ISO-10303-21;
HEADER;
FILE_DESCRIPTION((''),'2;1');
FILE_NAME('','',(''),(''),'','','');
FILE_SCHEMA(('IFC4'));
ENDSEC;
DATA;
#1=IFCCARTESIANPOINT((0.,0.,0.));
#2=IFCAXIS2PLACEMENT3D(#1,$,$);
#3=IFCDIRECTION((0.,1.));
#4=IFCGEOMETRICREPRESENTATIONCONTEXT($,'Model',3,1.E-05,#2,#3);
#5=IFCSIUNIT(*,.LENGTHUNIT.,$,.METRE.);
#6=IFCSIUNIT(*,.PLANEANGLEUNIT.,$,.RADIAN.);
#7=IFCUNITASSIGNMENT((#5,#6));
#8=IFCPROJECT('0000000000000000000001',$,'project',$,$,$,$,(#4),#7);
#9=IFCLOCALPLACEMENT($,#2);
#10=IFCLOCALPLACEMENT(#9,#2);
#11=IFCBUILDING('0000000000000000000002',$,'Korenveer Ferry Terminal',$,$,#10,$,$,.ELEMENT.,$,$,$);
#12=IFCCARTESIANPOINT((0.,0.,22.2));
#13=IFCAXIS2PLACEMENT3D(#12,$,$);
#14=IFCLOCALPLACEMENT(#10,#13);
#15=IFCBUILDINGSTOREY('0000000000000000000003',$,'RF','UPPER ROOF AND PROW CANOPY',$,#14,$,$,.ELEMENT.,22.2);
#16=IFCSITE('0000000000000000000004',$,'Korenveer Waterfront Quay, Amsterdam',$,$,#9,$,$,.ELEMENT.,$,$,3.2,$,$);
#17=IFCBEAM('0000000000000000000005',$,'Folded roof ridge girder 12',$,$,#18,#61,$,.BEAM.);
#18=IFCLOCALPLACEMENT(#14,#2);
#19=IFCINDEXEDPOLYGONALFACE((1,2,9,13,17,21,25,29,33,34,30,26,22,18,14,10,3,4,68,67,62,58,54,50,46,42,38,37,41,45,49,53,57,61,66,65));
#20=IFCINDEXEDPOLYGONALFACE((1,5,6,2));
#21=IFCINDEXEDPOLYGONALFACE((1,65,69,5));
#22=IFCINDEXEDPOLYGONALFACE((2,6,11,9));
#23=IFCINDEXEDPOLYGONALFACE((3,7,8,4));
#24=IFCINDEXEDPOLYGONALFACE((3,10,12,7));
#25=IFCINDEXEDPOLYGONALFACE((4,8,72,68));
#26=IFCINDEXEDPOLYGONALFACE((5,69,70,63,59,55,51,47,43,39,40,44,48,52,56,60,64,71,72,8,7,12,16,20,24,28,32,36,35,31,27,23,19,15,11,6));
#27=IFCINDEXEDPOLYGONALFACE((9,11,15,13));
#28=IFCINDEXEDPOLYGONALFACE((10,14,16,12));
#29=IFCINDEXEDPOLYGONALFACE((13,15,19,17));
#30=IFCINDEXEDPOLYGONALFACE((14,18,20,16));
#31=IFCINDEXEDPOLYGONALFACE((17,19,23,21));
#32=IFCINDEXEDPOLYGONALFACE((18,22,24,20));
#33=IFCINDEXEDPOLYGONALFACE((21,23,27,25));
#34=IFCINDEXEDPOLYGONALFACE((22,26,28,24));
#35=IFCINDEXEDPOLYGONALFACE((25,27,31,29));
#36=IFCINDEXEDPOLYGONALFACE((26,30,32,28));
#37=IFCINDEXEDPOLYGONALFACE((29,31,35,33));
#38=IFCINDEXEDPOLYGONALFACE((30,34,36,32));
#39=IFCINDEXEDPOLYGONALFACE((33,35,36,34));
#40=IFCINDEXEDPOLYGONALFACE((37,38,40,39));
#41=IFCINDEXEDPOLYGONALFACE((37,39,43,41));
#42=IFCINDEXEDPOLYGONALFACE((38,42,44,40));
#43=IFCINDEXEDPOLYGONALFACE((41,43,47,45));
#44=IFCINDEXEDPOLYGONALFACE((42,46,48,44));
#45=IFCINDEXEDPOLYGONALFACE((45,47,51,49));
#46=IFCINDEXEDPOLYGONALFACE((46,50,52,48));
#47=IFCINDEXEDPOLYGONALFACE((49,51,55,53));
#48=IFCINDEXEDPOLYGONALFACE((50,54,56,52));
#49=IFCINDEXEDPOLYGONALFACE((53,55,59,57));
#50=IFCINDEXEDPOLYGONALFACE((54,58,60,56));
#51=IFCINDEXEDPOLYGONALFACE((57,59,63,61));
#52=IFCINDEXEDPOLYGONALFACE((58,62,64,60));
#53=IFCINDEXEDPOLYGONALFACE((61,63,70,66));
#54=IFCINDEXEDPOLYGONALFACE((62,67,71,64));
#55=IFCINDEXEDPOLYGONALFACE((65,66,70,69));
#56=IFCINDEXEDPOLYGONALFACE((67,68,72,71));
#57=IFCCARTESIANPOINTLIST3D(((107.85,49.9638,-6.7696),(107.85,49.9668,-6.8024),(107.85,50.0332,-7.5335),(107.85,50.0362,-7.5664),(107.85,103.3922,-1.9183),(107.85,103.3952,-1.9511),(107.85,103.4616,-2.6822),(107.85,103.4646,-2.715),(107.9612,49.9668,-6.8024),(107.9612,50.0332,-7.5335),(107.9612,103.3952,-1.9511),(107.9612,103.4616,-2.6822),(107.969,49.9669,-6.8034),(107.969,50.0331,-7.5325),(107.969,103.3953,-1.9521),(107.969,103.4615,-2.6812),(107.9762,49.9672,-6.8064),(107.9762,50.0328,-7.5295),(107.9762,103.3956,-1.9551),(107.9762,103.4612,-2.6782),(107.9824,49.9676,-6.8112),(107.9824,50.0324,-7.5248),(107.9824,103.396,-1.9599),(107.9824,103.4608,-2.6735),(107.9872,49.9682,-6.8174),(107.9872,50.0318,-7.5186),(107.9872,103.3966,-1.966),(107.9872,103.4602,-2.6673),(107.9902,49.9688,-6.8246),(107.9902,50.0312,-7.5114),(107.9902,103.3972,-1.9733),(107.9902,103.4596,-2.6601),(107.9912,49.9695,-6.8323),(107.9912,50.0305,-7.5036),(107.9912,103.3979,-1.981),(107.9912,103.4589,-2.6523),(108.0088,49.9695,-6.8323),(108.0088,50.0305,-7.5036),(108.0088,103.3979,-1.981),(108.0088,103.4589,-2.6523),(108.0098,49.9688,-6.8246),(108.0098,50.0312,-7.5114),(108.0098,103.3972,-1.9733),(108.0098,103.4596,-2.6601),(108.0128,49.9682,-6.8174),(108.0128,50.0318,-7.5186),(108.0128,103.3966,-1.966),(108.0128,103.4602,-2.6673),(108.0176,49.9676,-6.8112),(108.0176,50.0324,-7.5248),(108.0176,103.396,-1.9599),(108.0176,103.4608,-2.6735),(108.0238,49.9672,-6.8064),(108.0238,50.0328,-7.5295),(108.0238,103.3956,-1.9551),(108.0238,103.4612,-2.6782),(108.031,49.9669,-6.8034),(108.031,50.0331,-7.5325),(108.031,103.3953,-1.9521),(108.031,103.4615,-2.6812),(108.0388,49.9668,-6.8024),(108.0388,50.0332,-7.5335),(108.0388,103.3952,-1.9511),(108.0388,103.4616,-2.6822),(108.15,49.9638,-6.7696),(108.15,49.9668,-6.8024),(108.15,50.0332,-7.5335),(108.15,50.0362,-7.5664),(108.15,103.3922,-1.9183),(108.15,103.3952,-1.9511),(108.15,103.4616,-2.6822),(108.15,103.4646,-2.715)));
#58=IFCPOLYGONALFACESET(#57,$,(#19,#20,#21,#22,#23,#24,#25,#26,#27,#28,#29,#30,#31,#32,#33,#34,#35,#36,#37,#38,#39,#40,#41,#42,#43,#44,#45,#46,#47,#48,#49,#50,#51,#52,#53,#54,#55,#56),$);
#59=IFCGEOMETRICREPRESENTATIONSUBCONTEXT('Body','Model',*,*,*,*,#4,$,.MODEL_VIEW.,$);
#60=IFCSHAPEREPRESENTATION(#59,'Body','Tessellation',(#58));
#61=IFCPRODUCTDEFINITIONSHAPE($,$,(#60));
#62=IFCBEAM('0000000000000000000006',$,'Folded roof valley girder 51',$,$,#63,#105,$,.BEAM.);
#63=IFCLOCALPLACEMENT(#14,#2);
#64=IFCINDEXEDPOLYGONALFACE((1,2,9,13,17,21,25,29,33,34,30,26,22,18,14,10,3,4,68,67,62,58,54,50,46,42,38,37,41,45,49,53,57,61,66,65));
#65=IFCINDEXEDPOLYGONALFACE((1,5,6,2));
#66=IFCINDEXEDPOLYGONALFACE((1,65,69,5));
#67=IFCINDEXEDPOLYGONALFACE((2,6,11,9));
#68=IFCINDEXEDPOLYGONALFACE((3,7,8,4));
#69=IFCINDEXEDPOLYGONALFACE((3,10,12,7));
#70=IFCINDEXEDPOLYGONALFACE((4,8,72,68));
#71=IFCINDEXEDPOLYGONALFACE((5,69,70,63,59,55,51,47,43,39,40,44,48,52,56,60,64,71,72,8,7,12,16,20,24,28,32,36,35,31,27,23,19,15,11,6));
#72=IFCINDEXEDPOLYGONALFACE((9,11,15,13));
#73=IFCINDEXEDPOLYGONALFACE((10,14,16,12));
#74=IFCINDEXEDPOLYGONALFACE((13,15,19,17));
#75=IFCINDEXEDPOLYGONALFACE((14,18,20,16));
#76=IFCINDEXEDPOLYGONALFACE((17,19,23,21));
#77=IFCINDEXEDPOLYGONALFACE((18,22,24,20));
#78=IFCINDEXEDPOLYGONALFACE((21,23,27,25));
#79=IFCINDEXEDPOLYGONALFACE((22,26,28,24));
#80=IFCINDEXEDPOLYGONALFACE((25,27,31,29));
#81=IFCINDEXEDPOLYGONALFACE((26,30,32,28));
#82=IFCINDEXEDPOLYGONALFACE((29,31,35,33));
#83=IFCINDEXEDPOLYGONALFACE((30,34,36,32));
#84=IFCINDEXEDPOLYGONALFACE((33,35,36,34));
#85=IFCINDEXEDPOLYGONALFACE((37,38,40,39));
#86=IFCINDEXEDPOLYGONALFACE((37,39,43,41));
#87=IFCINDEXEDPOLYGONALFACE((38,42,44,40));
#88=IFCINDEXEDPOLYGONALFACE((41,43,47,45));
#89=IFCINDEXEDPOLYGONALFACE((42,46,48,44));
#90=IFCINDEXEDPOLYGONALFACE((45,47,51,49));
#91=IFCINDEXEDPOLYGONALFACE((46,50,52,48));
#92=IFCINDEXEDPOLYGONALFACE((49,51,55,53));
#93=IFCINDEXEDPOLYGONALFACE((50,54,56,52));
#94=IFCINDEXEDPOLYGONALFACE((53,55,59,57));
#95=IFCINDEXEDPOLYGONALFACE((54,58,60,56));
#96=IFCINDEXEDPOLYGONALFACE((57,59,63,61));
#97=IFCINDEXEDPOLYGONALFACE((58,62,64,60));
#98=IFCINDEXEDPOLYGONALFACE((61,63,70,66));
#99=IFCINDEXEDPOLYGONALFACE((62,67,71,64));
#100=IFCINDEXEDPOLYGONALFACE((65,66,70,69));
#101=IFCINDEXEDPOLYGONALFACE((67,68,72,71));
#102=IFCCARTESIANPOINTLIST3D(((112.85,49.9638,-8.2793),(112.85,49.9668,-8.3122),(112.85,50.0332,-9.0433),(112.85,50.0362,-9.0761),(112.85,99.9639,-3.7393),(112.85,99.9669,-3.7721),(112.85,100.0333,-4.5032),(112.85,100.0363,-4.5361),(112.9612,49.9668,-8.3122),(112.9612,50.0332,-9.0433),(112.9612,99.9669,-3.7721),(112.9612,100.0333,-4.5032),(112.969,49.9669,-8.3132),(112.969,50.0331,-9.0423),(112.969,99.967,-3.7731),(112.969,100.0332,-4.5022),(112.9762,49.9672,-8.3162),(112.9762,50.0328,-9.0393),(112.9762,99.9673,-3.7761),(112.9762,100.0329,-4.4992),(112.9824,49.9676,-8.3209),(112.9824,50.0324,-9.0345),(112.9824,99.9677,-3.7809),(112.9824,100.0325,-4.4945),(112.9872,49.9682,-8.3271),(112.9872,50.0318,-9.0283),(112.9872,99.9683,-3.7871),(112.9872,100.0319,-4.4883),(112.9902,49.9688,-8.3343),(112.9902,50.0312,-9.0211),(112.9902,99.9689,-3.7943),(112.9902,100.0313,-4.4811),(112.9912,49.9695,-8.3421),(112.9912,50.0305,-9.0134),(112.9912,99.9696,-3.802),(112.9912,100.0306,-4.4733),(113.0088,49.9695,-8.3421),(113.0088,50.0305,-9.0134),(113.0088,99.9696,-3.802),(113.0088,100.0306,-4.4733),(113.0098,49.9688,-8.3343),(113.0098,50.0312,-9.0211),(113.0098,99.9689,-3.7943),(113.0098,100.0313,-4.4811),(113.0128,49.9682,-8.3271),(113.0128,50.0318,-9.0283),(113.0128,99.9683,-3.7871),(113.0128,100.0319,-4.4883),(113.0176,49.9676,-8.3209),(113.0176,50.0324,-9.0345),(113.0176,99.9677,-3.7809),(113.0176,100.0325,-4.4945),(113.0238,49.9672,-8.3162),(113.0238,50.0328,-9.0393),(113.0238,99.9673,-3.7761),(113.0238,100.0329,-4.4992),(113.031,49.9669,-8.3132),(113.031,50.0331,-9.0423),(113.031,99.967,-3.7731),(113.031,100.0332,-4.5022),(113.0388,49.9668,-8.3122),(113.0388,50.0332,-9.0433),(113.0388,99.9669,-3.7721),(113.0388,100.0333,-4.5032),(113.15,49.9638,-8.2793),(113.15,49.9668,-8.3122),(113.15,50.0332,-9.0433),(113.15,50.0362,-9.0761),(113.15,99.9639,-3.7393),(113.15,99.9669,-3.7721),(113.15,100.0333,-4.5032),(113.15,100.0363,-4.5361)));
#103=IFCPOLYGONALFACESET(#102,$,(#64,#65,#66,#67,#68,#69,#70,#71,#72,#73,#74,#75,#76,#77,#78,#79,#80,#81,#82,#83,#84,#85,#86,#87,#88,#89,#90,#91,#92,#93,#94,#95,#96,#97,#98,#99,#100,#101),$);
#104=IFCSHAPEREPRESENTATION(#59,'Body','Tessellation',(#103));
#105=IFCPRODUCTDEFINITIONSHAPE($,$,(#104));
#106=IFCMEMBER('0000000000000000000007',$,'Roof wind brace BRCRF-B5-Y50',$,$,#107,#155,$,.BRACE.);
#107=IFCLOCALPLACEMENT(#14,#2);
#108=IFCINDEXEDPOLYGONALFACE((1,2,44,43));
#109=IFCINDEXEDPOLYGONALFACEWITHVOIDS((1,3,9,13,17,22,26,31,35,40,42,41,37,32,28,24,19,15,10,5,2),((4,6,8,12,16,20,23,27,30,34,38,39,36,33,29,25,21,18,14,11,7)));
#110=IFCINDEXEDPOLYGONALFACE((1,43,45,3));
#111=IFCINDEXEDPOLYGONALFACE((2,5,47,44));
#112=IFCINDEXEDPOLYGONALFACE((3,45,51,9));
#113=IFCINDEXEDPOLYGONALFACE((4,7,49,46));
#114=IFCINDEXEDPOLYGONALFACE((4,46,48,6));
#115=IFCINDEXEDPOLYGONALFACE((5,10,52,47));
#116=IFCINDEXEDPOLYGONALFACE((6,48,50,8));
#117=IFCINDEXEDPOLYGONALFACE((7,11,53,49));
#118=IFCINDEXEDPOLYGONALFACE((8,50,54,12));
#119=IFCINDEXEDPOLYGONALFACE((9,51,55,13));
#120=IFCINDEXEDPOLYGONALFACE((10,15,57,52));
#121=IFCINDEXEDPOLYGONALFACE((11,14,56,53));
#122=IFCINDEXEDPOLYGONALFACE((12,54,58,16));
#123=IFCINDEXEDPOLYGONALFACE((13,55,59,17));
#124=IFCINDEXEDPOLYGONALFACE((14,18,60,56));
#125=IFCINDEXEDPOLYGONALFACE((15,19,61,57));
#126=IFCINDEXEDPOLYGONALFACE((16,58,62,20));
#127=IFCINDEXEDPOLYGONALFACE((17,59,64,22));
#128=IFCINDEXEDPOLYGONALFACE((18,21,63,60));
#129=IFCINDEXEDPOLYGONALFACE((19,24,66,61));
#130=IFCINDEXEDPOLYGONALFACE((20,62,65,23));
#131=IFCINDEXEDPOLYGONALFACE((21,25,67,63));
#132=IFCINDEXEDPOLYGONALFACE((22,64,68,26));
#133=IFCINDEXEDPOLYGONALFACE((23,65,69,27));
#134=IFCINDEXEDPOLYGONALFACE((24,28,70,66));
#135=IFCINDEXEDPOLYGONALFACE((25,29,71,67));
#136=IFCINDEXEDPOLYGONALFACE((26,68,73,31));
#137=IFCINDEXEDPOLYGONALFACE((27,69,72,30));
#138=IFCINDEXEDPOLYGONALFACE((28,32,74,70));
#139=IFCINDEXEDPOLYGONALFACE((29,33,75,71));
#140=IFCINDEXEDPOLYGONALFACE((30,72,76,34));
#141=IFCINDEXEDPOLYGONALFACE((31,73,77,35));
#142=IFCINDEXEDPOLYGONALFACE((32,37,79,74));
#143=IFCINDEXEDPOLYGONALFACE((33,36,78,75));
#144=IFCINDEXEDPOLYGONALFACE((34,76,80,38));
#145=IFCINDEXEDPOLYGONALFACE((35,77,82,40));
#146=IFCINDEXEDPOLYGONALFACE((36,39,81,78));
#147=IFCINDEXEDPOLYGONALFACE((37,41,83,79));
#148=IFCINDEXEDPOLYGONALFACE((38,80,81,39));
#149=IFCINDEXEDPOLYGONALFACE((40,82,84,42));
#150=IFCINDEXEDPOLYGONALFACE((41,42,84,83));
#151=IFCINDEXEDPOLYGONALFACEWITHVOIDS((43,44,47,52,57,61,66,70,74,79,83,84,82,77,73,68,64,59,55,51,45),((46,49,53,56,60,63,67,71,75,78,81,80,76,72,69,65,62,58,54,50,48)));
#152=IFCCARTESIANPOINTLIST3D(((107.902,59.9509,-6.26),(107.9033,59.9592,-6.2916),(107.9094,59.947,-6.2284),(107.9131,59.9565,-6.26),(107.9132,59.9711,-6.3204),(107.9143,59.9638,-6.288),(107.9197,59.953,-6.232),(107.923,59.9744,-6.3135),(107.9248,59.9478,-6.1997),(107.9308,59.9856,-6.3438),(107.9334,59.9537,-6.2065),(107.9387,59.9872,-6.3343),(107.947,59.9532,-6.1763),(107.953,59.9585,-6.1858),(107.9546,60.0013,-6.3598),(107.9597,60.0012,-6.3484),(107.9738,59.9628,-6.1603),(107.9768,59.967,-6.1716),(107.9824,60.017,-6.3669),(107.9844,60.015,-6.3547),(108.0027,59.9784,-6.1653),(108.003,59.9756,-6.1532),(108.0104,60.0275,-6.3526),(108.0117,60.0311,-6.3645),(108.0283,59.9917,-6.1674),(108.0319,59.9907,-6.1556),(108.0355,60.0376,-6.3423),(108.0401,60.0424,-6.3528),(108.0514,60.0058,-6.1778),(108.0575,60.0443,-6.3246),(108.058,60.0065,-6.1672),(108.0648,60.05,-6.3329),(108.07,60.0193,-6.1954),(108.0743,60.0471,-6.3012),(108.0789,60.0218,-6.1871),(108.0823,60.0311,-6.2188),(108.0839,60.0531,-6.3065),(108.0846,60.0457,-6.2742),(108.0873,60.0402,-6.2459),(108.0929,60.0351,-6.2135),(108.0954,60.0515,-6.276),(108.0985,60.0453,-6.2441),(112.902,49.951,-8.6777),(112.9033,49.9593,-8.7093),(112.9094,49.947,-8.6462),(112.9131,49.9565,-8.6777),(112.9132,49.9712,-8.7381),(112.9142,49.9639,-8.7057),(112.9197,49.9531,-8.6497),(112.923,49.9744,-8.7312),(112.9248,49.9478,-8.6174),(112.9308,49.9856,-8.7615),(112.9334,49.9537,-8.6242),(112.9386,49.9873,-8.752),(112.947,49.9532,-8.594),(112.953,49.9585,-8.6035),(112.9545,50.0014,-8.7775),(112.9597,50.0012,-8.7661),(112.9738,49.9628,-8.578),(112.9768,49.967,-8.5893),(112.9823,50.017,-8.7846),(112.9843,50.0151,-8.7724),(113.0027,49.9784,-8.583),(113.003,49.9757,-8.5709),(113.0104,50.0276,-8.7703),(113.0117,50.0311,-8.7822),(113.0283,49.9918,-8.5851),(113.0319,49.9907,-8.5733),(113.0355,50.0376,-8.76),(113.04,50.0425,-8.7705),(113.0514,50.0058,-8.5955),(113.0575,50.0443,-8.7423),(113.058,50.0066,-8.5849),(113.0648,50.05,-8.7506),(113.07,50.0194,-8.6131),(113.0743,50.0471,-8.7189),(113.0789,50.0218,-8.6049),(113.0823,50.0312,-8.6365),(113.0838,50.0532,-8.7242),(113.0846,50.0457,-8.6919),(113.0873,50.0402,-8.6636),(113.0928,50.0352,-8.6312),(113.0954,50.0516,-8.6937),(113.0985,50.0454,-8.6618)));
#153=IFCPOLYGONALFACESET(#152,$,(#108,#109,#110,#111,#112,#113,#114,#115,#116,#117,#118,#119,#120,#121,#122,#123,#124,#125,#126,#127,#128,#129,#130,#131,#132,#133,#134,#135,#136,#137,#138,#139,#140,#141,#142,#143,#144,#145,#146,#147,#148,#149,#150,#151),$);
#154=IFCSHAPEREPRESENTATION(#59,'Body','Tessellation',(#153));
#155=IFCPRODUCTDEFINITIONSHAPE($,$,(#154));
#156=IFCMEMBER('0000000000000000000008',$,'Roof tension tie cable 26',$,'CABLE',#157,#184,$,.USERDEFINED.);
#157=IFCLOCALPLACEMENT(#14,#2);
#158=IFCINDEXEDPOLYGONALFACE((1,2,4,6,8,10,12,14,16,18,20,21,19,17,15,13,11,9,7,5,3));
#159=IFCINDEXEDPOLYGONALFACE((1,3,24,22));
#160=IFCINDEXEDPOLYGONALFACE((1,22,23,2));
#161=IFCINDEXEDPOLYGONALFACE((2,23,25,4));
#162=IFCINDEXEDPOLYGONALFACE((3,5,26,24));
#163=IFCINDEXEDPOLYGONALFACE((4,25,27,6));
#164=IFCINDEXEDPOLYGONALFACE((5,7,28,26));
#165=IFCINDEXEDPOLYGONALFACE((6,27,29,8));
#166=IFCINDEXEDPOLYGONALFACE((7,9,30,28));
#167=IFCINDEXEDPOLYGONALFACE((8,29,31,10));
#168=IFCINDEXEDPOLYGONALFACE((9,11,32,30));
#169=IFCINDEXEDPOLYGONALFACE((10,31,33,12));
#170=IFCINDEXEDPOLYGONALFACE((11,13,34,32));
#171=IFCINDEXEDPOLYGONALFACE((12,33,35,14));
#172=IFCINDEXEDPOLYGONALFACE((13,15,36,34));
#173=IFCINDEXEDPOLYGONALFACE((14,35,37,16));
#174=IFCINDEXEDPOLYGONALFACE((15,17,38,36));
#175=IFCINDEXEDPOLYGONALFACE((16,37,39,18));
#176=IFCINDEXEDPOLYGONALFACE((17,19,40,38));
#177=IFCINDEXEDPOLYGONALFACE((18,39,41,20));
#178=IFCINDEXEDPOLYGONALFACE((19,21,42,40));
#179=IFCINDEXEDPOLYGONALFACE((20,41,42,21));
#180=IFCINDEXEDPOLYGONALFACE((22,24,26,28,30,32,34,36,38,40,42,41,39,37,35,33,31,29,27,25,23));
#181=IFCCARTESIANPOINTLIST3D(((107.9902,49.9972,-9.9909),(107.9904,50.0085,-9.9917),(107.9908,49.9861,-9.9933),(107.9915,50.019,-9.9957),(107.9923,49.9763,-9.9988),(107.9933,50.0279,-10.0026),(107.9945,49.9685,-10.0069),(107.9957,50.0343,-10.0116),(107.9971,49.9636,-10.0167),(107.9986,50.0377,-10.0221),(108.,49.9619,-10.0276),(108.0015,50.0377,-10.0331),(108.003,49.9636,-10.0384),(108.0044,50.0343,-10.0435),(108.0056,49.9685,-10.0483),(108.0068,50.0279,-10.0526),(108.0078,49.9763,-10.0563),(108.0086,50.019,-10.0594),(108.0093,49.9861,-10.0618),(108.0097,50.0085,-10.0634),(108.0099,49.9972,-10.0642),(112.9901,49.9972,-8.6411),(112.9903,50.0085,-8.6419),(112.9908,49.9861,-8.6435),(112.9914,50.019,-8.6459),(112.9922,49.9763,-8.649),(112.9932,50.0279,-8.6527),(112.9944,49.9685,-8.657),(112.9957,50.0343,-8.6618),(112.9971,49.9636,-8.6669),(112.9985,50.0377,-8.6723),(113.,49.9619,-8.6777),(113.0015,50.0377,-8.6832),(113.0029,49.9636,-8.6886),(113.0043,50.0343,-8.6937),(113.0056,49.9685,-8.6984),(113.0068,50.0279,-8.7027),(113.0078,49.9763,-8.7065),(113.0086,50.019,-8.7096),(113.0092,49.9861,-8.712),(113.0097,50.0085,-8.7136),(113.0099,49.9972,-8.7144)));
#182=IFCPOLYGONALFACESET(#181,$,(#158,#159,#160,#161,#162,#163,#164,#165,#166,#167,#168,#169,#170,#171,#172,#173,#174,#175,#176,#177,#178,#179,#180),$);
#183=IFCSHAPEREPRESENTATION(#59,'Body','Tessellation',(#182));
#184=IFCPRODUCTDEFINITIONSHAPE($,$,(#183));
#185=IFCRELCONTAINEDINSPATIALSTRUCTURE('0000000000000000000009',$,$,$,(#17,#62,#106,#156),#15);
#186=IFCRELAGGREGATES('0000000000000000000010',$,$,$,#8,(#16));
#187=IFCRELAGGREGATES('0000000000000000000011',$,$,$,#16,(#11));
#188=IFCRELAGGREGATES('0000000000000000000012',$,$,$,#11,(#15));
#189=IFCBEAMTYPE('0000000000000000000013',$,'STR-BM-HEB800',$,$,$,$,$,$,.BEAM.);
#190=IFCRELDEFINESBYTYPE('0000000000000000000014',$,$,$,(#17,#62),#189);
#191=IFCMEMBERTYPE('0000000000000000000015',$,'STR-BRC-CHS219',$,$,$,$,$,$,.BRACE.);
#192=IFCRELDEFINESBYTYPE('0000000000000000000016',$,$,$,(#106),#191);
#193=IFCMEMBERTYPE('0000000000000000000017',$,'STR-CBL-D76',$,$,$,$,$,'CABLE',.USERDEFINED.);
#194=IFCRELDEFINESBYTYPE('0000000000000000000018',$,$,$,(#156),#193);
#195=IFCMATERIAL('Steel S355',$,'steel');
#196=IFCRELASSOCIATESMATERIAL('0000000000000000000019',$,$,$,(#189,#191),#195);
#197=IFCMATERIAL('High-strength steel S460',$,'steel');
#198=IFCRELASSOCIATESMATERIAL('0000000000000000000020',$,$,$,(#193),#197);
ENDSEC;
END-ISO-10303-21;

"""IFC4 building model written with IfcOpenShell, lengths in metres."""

from ifc_helpers import new_model, si_unit, direction, frame, origin, origin_2d, place, context, subcontext, project, spatial, circle, hollow_circle, i_section, extrude, material, material_profile, profile_set, type_object, element, save


model = new_model("IFC4")

# Units and contexts
model_context = context("Model", 3, precision=1e-05, world=origin(), true_north=direction((0.0, 1.0)))
body_context = subcontext(model_context, "Body", "Model", "MODEL_VIEW")
ifc_project = project(units=[si_unit("LENGTHUNIT", "METRE"), si_unit("PLANEANGLEUNIT", "RADIAN")], contexts=[model_context])

# Site, building, storey
site_placement = place(None, origin())
site = spatial("IfcSite", under=ifc_project, at=site_placement, Name="Korenveer Waterfront Quay, Amsterdam", CompositionType="ELEMENT", RefElevation=3.2)
building_placement = place(site_placement, origin())
building = spatial("IfcBuilding", under=site, at=building_placement, Name="Korenveer Ferry Terminal", CompositionType="ELEMENT")
storey_placement = place(building_placement, frame((0.0, 0.0, 22.2)))
storey = spatial("IfcBuildingStorey", under=building, at=storey_placement, Name="RF", Description="UPPER ROOF AND PROW CANOPY", CompositionType="ELEMENT", Elevation=22.2)

# Beams
ifc_material_1 = material(Name="Steel S355", Category="steel")
ifc_material_profile_1 = material_profile(ifc_material_1, i_section(OverallWidth=0.3, OverallDepth=0.8, WebThickness=0.0176, FlangeThickness=0.033, FilletRadius=0.03, at=origin_2d()), Name="HEB 800")
ifc_profile_set_1 = profile_set([ifc_material_profile_1], Name="Steel S355")
beam_type_1 = type_object("IfcBeamType", Name="STR-BM-HEB800", PredefinedType="BEAM", material=ifc_profile_set_1)
beam_1_placement = place(storey_placement, frame((108.0, 50.0, -7.168), z_axis=(0.0, 0.995903, 0.090428), x_axis=(-1.0, 0.0, 0.0)))
element("IfcBeam", 1, at=beam_1_placement, inside=storey, type_object=beam_type_1, Name="Folded roof ridge girder 12", PredefinedType="BEAM", context=body_context, shape_type="SweptSolid", body=[
    extrude(i_section(OverallWidth=0.3, OverallDepth=0.8, WebThickness=0.0176, FlangeThickness=0.033, FilletRadius=0.03, at=origin_2d()), origin(), (0.0, 0.0, 1.0), 53.6482),
])
beam_2_placement = place(storey_placement, frame((113.0, 50.0, -8.6777), z_axis=(0.0, 0.995903, 0.090429), x_axis=(-1.0, 0.0, 0.0)))
element("IfcBeam", 2, at=beam_2_placement, inside=storey, type_object=beam_type_1, Name="Folded roof valley girder 51", PredefinedType="BEAM", context=body_context, shape_type="SweptSolid", body=[
    extrude(i_section(OverallWidth=0.3, OverallDepth=0.8, WebThickness=0.0176, FlangeThickness=0.033, FilletRadius=0.03, at=origin_2d()), origin(), (0.0, 0.0, 1.0), 50.2058),
])

# Members
ifc_material_profile_2 = material_profile(ifc_material_1, hollow_circle(Radius=0.1096, WallThickness=0.0125, at=origin_2d()), Name="CHS 219.1x12.5")
ifc_profile_set_2 = profile_set([ifc_material_profile_2], Name="Steel S355")
member_type_1 = type_object("IfcMemberType", Name="STR-BRC-CHS219", PredefinedType="BRACE", material=ifc_profile_set_2)
member_1_placement = place(storey_placement, frame((113.0, 50.0, -8.6777), z_axis=(-0.43711, 0.87422, 0.211362), x_axis=(-0.894427, -0.447214, 0.0)))
element("IfcMember", 3, at=member_1_placement, inside=storey, type_object=member_type_1, Name="Roof wind brace BRCRF-B5-Y50", PredefinedType="BRACE", context=body_context, shape_type="SweptSolid", body=[
    extrude(hollow_circle(Radius=0.1096, WallThickness=0.0125, at=origin_2d()), origin(), (0.0, 0.0, 1.0), 11.4387),
])
ifc_material_2 = material(Name="High-strength steel S460", Category="steel")
ifc_material_profile_3 = material_profile(ifc_material_2, circle(Radius=0.0381, at=origin_2d()), Name="ROD D76")
ifc_profile_set_3 = profile_set([ifc_material_profile_3], Name="High-strength steel S460")
member_type_2 = type_object("IfcMemberType", Name="STR-CBL-D76", ElementType="CABLE", PredefinedType="USERDEFINED", material=ifc_profile_set_3)
for number, where, z_axis, x_axis, name in (
    (4, (113.0, 50.0, -8.6777), (-0.965436, 0.0, -0.260639), (0.0, -1.0, 0.0), "Roof tension tie cable 26"),
):
    element("IfcMember", number, at=place(storey_placement, frame(where, z_axis=z_axis, x_axis=x_axis)), inside=storey, type_object=member_type_2, Name=name, ObjectType="CABLE", PredefinedType="USERDEFINED", context=body_context, shape_type="SweptSolid", body=[
        extrude(circle(Radius=0.0381, at=origin_2d()), origin(), (0.0, 0.0, 1.0), 5.179),
    ])

save(model, "model.ifc")
